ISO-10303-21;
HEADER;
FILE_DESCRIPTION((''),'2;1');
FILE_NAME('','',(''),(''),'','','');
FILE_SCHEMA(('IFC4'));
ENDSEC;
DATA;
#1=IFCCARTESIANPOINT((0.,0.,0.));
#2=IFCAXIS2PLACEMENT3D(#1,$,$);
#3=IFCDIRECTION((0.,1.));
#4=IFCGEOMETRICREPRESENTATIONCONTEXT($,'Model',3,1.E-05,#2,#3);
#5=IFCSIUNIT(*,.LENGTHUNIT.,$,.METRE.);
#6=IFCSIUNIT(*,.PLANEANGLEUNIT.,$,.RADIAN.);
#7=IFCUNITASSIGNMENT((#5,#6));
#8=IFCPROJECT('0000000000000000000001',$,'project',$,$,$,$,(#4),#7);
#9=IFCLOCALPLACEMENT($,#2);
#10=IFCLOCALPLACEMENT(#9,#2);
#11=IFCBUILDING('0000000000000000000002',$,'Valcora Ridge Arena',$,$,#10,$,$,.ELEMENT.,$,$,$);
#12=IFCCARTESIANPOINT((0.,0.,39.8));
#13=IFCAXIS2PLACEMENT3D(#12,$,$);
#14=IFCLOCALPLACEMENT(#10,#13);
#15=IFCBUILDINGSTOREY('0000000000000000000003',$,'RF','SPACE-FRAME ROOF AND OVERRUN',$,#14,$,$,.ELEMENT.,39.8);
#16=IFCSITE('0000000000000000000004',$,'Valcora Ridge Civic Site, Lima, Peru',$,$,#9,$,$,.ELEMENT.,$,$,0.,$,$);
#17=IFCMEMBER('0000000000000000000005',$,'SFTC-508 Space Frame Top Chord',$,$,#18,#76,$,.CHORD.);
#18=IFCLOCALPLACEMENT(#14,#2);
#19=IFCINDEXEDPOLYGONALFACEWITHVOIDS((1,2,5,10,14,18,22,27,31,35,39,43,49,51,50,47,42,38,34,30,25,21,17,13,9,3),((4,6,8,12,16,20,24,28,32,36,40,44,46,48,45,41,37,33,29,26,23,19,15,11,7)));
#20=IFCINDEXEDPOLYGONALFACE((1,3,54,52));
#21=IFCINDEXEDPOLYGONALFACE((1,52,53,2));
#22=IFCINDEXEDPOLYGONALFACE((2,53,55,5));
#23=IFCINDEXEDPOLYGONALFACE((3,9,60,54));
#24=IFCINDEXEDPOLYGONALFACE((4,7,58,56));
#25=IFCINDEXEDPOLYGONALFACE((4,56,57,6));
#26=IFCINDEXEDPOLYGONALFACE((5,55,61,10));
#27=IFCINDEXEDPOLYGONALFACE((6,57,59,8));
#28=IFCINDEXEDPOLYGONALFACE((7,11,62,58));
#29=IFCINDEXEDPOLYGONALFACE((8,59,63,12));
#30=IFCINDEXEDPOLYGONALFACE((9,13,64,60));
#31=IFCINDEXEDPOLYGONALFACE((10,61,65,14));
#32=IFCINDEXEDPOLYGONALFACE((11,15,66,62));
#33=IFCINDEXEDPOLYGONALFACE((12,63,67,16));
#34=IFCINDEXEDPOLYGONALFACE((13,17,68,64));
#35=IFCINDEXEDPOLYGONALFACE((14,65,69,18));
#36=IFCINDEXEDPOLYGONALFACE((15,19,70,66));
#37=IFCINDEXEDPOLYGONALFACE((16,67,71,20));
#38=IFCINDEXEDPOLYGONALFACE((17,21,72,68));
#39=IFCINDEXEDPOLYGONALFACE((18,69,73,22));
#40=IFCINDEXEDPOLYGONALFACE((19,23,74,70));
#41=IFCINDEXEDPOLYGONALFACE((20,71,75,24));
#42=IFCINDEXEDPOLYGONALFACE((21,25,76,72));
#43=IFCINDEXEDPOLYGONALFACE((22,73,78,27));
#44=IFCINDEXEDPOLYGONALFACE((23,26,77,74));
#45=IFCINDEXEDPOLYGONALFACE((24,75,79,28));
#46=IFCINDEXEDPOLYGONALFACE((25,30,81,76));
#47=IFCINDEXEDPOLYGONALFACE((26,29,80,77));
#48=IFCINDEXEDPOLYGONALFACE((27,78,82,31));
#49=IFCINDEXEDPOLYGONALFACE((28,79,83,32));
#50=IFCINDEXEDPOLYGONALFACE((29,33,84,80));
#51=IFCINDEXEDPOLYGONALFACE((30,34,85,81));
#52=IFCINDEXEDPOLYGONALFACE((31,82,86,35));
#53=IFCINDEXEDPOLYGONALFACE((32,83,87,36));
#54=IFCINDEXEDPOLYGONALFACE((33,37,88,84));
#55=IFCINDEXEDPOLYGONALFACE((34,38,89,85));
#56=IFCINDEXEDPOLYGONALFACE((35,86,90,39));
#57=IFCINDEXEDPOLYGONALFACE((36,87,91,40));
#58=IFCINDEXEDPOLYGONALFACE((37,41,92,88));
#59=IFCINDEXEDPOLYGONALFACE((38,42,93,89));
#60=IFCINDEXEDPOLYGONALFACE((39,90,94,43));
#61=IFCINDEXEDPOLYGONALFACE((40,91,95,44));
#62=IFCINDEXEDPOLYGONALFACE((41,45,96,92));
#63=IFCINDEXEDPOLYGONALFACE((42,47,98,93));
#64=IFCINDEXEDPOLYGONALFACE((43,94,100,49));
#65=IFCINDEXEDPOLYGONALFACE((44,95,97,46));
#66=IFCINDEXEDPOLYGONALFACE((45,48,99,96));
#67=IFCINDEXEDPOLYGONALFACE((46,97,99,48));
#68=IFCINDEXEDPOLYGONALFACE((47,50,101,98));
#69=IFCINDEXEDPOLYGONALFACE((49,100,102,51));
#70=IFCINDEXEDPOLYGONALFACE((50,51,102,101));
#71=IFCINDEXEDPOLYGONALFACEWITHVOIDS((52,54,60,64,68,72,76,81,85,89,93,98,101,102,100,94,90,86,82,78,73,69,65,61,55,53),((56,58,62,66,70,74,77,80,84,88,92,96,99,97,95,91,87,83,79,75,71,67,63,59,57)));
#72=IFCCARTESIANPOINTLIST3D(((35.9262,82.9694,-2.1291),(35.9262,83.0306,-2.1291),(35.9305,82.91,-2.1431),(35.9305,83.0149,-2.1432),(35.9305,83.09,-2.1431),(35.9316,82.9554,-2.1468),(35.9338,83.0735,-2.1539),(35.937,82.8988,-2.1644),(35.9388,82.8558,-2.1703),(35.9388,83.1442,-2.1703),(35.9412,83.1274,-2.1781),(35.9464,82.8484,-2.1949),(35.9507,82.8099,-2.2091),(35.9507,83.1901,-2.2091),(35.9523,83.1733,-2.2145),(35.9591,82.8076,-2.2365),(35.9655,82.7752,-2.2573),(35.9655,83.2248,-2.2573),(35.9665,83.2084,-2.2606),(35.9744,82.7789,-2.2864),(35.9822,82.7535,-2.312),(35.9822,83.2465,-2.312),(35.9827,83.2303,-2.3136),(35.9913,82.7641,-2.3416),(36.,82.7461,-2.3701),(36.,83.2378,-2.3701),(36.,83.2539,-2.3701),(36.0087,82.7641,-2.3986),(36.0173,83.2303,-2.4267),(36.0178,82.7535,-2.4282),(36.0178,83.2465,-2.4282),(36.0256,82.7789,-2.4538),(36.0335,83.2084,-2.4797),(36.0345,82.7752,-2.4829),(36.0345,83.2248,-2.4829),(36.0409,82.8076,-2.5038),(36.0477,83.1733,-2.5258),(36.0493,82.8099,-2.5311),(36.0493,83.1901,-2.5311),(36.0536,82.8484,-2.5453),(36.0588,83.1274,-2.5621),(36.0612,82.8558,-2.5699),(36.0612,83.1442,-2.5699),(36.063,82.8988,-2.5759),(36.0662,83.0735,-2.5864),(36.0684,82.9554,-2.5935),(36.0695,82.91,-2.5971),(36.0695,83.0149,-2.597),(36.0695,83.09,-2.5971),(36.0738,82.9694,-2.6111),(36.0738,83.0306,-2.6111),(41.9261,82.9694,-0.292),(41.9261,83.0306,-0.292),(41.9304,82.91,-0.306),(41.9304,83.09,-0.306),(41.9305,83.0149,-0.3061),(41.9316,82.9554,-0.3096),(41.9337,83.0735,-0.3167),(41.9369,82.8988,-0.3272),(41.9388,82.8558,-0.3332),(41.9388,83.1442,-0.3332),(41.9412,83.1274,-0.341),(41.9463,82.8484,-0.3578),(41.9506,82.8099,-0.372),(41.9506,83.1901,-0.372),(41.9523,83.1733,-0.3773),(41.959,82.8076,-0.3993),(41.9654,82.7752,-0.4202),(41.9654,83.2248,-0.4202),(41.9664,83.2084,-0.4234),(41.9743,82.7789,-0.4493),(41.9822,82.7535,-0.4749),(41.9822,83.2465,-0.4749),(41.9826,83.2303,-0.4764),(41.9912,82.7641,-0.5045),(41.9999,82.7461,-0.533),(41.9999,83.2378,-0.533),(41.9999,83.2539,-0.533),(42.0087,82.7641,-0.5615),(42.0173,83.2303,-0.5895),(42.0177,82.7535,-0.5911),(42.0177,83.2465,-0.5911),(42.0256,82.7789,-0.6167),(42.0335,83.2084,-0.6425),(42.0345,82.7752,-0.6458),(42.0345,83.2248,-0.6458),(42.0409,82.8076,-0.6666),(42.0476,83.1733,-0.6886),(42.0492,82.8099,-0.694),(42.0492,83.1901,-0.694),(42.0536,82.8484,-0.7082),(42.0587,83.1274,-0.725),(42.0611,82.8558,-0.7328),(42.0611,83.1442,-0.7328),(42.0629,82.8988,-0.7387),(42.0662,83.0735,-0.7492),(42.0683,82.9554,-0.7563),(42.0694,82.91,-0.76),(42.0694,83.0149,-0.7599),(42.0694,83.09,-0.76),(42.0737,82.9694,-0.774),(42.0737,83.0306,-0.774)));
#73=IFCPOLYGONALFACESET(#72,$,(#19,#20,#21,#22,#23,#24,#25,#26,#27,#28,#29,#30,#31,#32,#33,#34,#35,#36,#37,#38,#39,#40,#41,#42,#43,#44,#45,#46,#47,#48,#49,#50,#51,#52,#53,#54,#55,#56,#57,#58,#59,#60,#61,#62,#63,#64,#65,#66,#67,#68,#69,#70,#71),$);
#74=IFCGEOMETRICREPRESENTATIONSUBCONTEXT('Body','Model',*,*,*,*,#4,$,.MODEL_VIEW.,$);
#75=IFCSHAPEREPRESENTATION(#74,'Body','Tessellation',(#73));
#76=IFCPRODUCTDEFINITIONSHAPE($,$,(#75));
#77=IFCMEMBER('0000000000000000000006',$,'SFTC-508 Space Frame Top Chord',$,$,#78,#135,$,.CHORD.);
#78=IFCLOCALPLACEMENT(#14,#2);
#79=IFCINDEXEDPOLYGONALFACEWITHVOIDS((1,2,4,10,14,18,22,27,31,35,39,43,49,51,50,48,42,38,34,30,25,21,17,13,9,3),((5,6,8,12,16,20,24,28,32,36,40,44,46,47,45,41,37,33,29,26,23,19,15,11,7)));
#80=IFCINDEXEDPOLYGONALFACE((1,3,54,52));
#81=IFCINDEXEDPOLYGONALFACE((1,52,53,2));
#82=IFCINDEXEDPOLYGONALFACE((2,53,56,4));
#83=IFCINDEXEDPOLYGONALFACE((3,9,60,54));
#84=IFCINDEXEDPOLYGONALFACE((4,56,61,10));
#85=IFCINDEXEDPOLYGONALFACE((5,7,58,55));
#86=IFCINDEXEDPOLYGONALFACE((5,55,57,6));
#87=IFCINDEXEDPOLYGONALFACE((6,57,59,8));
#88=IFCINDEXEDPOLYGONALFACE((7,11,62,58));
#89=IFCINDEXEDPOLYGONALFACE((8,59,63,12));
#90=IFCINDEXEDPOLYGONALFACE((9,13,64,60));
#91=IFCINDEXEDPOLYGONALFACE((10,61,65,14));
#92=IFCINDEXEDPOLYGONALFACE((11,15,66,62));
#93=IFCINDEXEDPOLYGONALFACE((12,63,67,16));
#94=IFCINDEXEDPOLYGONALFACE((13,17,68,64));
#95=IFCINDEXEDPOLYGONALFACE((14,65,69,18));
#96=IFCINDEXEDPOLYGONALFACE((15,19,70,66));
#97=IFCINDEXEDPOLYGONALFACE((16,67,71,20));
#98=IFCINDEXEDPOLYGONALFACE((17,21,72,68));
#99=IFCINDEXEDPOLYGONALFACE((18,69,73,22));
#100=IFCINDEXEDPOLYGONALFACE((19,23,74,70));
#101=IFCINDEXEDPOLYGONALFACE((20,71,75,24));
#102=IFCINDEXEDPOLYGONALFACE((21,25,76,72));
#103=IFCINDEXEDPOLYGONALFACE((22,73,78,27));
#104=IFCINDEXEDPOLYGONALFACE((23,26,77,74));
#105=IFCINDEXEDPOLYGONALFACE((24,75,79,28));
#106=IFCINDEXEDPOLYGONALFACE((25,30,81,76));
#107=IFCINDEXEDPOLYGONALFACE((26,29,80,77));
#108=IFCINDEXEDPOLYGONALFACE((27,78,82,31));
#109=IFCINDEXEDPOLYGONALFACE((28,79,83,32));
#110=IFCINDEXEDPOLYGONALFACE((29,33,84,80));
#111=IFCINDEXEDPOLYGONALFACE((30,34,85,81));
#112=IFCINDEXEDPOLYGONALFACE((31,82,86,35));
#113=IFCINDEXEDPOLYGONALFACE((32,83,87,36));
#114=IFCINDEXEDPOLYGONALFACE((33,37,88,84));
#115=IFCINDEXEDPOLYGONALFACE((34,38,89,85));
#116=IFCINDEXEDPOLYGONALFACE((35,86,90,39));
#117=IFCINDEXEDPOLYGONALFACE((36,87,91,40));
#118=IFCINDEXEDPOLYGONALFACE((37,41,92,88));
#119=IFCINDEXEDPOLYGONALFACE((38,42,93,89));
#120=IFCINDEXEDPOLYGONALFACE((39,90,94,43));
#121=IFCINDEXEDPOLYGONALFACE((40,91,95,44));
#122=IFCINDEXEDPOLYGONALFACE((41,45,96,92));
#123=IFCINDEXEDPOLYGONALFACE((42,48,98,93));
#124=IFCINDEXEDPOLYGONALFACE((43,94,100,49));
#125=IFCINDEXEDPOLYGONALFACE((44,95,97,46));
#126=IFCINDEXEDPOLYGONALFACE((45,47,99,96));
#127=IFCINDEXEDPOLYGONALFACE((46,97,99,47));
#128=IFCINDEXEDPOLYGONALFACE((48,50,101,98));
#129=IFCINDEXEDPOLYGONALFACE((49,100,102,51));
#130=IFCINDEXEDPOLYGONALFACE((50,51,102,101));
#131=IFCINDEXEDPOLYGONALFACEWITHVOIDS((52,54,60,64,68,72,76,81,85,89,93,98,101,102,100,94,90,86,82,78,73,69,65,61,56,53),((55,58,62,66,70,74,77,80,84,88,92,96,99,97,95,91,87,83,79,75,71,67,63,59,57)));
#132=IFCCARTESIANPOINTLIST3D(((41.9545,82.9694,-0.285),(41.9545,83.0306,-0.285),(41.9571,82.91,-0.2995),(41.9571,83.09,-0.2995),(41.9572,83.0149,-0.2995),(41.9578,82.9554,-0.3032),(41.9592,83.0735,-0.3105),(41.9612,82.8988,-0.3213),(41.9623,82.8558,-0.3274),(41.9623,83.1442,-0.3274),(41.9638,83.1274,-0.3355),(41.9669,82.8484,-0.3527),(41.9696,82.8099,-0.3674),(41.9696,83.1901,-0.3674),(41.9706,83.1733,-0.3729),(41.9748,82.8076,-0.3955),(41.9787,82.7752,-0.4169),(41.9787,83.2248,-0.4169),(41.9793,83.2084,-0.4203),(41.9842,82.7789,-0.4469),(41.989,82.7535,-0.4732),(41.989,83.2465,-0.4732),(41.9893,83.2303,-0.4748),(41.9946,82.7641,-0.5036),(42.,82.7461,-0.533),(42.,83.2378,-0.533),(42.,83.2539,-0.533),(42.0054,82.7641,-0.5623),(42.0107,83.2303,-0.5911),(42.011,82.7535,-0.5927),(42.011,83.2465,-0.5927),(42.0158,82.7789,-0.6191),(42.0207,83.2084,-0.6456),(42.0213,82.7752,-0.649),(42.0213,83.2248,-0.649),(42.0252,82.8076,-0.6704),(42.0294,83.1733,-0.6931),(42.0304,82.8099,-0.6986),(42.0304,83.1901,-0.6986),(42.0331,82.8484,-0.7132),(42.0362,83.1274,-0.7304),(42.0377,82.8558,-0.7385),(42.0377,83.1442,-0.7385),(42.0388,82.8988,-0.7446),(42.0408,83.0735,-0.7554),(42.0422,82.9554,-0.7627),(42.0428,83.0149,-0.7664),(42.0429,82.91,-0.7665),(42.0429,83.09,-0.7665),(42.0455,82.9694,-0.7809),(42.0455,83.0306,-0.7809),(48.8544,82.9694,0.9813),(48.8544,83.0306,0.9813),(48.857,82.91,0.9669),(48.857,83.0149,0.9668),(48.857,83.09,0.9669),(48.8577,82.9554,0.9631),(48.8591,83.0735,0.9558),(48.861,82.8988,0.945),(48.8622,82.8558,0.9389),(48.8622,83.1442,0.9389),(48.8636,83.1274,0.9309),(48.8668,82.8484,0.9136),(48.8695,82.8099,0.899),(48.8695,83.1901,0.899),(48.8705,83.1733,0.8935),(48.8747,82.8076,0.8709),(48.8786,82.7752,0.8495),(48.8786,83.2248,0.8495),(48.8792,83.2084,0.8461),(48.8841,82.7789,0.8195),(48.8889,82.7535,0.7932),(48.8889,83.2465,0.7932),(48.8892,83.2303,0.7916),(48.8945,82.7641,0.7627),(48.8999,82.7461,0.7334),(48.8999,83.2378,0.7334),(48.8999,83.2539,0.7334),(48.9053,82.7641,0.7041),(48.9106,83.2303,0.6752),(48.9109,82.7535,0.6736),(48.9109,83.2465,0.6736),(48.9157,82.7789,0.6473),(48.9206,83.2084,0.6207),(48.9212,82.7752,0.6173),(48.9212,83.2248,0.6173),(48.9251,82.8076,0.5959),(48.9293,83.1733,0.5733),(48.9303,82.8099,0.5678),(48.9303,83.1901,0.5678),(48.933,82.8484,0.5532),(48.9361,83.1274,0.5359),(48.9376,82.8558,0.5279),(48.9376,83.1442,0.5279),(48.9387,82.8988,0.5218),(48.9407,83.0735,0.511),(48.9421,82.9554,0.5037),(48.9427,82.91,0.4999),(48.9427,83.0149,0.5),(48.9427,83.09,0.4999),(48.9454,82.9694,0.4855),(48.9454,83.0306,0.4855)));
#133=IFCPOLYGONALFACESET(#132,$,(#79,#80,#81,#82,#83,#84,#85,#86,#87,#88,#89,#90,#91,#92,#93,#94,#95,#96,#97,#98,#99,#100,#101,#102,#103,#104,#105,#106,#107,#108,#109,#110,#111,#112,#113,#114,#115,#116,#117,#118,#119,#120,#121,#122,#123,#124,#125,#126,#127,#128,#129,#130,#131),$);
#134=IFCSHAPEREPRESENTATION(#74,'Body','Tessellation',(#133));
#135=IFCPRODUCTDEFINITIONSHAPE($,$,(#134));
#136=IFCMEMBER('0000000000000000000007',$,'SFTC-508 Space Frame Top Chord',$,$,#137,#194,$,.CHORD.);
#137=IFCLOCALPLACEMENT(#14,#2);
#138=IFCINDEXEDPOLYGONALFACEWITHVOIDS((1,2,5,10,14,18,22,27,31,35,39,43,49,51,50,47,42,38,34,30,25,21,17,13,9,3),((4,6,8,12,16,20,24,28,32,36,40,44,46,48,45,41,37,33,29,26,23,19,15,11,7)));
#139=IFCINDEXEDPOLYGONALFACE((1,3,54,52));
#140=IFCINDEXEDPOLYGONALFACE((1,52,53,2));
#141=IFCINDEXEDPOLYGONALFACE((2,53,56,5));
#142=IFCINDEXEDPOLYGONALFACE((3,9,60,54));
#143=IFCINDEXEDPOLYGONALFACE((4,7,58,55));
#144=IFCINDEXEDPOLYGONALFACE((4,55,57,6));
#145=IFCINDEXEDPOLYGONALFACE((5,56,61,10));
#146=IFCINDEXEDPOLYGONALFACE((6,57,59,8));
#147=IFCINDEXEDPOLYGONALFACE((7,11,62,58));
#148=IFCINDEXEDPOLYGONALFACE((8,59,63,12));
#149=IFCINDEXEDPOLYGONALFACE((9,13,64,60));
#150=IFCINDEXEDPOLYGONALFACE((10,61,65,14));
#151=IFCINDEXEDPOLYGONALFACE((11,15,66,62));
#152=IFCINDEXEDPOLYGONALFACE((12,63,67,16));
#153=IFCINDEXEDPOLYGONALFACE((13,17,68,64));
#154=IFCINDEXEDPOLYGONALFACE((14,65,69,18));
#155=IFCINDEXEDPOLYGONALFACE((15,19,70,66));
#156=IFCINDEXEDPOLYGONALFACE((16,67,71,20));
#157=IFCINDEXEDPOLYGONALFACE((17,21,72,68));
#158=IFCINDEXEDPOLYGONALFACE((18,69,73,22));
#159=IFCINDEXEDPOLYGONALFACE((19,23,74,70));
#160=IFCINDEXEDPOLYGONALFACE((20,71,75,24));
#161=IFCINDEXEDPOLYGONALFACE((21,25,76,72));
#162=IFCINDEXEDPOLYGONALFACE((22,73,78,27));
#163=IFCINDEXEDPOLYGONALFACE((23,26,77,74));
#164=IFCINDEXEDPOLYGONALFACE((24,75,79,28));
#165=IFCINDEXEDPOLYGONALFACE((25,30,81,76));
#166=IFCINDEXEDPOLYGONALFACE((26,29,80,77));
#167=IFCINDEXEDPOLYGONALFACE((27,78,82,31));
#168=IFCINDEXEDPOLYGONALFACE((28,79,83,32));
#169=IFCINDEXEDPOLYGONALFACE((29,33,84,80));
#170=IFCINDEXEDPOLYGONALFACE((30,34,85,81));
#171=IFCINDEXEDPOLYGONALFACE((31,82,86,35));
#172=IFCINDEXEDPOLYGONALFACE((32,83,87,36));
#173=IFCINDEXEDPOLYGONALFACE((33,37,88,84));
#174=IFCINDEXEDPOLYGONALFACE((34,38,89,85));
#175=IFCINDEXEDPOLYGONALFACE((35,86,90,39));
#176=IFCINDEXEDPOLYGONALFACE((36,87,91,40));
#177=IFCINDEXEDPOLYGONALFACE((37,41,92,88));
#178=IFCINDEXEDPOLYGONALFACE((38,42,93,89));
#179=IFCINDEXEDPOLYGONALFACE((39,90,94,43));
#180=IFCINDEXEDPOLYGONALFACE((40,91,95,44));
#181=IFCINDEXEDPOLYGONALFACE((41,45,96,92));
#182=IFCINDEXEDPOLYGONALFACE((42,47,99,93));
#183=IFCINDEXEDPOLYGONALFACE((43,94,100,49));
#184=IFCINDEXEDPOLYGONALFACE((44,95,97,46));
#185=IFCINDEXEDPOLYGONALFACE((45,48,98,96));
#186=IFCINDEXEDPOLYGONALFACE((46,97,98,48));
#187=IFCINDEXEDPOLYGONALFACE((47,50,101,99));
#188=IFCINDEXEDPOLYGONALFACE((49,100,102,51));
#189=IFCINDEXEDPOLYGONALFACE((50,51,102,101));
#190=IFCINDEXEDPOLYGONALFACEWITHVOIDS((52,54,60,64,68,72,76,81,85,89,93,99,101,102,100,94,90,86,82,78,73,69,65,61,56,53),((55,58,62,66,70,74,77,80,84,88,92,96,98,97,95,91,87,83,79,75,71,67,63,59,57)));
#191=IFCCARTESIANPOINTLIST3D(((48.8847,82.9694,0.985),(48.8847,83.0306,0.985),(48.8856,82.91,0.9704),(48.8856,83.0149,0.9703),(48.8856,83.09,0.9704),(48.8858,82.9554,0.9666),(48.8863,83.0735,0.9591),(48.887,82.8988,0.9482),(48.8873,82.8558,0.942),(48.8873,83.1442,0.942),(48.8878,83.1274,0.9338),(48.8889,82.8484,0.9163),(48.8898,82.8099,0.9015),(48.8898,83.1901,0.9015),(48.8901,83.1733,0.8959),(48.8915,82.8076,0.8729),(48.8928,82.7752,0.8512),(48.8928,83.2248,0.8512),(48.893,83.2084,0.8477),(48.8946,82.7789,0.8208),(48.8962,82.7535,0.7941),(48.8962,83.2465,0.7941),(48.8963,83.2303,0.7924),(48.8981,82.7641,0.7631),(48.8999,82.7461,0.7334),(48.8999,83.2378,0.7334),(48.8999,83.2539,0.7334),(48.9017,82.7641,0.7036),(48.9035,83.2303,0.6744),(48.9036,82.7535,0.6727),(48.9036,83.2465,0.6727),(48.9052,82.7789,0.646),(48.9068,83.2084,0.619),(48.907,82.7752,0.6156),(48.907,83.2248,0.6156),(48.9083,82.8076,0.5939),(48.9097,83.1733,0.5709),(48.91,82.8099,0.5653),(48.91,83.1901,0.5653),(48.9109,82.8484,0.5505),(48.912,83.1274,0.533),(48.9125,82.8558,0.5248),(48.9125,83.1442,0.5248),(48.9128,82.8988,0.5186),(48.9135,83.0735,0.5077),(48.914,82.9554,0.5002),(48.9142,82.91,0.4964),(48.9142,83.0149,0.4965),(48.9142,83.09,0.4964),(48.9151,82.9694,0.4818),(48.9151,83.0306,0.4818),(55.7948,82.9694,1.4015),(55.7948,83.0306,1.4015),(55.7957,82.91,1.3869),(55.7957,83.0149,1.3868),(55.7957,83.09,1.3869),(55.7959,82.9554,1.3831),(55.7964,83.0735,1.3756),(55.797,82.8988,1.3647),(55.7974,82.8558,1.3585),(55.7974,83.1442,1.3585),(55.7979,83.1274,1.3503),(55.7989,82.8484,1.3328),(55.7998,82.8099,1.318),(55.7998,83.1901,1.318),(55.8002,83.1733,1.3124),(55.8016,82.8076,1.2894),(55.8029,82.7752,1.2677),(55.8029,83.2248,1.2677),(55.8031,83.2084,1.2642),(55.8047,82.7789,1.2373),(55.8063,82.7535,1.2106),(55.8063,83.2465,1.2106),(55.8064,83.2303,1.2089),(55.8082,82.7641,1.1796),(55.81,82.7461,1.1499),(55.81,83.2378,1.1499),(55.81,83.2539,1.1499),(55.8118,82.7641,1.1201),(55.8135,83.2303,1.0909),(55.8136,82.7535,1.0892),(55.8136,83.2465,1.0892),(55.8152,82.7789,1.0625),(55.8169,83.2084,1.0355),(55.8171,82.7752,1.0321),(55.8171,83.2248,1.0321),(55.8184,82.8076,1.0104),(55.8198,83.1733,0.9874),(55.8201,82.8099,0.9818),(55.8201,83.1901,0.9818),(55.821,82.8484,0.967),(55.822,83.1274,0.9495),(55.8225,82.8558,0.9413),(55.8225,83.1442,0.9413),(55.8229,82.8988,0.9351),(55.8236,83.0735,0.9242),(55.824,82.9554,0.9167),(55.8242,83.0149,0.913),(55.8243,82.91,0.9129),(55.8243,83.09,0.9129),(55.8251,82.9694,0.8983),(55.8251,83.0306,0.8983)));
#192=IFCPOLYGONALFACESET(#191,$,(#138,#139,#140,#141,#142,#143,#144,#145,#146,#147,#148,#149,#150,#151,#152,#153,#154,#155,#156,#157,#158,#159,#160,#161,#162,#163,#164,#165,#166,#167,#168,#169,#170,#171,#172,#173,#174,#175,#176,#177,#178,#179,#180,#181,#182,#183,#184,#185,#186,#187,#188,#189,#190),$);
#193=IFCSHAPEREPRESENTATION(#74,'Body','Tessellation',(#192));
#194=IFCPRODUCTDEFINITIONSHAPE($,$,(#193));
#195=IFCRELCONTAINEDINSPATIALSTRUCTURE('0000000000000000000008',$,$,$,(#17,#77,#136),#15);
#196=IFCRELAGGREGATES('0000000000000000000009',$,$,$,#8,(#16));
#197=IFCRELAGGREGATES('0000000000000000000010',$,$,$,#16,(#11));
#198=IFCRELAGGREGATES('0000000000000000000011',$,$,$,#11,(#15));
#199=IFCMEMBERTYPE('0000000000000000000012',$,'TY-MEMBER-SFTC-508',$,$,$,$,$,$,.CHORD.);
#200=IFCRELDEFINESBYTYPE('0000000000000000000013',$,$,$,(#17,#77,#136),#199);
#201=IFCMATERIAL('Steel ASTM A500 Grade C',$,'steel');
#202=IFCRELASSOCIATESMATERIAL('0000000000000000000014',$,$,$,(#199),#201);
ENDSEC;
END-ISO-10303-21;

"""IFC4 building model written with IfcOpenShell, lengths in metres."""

from ifc_helpers import new_model, si_unit, direction, frame, origin, origin_2d, place, context, subcontext, project, spatial, hollow_circle, extrude, material, material_profile, profile_set, type_object, element, save


model = new_model("IFC4")

# Units and contexts
model_context = context("Model", 3, precision=1e-05, world=origin(), true_north=direction((0.0, 1.0)))
body_context = subcontext(model_context, "Body", "Model", "MODEL_VIEW")
ifc_project = project(units=[si_unit("LENGTHUNIT", "METRE"), si_unit("PLANEANGLEUNIT", "RADIAN")], contexts=[model_context])

# Site, building, storey
site_placement = place(None, origin())
site = spatial("IfcSite", under=ifc_project, at=site_placement, Name="Valcora Ridge Civic Site, Lima, Peru", CompositionType="ELEMENT", RefElevation=0.0)
building_placement = place(site_placement, origin())
building = spatial("IfcBuilding", under=site, at=building_placement, Name="Valcora Ridge Arena", CompositionType="ELEMENT")
storey_placement = place(building_placement, frame((0.0, 0.0, 39.8)))
storey = spatial("IfcBuildingStorey", under=building, at=storey_placement, Name="RF", Description="SPACE-FRAME ROOF AND OVERRUN", CompositionType="ELEMENT", Elevation=39.8)

# Members
ifc_material_1 = material(Name="Steel ASTM A500 Grade C", Category="steel")
ifc_material_profile_1 = material_profile(ifc_material_1, hollow_circle(Radius=0.2539, WallThickness=0.0161, at=origin_2d()), Name="CHS508X16")
ifc_profile_set_1 = profile_set([ifc_material_profile_1], Name="Steel ASTM A500 Grade C")
member_type_1 = type_object("IfcMemberType", Name="TY-MEMBER-SFTC-508", PredefinedType="CHORD", material=ifc_profile_set_1)
member_1_placement = place(storey_placement, frame((36.0, 83.0, -2.3701), z_axis=(0.956181, 0.0, 0.292776), x_axis=(0.0, 1.0, 0.0)))
element("IfcMember", 1, at=member_1_placement, inside=storey, type_object=member_type_1, Name="SFTC-508 Space Frame Top Chord", PredefinedType="CHORD", context=body_context, shape_type="SweptSolid", body=[
    extrude(hollow_circle(Radius=0.2539, WallThickness=0.0161, at=origin_2d()), origin(), (0.0, 0.0, 1.0), 6.2749),
])
member_2_placement = place(storey_placement, frame((42.0, 83.0, -0.533), z_axis=(0.983572, 0.0, 0.180518), x_axis=(0.0, 1.0, 0.0)))
element("IfcMember", 2, at=member_2_placement, inside=storey, type_object=member_type_1, Name="SFTC-508 Space Frame Top Chord", PredefinedType="CHORD", context=body_context, shape_type="SweptSolid", body=[
    extrude(hollow_circle(Radius=0.2539, WallThickness=0.0161, at=origin_2d()), origin(), (0.0, 0.0, 1.0), 7.0151),
])
member_3_placement = place(storey_placement, frame((48.8999, 83.0, 0.7334), z_axis=(0.998188, 0.0, 0.060165), x_axis=(0.0, 1.0, 0.0)))
element("IfcMember", 3, at=member_3_placement, inside=storey, type_object=member_type_1, Name="SFTC-508 Space Frame Top Chord", PredefinedType="CHORD", context=body_context, shape_type="SweptSolid", body=[
    extrude(hollow_circle(Radius=0.2539, WallThickness=0.0161, at=origin_2d()), origin(), (0.0, 0.0, 1.0), 6.9226),
])

save(model, "model.ifc")
